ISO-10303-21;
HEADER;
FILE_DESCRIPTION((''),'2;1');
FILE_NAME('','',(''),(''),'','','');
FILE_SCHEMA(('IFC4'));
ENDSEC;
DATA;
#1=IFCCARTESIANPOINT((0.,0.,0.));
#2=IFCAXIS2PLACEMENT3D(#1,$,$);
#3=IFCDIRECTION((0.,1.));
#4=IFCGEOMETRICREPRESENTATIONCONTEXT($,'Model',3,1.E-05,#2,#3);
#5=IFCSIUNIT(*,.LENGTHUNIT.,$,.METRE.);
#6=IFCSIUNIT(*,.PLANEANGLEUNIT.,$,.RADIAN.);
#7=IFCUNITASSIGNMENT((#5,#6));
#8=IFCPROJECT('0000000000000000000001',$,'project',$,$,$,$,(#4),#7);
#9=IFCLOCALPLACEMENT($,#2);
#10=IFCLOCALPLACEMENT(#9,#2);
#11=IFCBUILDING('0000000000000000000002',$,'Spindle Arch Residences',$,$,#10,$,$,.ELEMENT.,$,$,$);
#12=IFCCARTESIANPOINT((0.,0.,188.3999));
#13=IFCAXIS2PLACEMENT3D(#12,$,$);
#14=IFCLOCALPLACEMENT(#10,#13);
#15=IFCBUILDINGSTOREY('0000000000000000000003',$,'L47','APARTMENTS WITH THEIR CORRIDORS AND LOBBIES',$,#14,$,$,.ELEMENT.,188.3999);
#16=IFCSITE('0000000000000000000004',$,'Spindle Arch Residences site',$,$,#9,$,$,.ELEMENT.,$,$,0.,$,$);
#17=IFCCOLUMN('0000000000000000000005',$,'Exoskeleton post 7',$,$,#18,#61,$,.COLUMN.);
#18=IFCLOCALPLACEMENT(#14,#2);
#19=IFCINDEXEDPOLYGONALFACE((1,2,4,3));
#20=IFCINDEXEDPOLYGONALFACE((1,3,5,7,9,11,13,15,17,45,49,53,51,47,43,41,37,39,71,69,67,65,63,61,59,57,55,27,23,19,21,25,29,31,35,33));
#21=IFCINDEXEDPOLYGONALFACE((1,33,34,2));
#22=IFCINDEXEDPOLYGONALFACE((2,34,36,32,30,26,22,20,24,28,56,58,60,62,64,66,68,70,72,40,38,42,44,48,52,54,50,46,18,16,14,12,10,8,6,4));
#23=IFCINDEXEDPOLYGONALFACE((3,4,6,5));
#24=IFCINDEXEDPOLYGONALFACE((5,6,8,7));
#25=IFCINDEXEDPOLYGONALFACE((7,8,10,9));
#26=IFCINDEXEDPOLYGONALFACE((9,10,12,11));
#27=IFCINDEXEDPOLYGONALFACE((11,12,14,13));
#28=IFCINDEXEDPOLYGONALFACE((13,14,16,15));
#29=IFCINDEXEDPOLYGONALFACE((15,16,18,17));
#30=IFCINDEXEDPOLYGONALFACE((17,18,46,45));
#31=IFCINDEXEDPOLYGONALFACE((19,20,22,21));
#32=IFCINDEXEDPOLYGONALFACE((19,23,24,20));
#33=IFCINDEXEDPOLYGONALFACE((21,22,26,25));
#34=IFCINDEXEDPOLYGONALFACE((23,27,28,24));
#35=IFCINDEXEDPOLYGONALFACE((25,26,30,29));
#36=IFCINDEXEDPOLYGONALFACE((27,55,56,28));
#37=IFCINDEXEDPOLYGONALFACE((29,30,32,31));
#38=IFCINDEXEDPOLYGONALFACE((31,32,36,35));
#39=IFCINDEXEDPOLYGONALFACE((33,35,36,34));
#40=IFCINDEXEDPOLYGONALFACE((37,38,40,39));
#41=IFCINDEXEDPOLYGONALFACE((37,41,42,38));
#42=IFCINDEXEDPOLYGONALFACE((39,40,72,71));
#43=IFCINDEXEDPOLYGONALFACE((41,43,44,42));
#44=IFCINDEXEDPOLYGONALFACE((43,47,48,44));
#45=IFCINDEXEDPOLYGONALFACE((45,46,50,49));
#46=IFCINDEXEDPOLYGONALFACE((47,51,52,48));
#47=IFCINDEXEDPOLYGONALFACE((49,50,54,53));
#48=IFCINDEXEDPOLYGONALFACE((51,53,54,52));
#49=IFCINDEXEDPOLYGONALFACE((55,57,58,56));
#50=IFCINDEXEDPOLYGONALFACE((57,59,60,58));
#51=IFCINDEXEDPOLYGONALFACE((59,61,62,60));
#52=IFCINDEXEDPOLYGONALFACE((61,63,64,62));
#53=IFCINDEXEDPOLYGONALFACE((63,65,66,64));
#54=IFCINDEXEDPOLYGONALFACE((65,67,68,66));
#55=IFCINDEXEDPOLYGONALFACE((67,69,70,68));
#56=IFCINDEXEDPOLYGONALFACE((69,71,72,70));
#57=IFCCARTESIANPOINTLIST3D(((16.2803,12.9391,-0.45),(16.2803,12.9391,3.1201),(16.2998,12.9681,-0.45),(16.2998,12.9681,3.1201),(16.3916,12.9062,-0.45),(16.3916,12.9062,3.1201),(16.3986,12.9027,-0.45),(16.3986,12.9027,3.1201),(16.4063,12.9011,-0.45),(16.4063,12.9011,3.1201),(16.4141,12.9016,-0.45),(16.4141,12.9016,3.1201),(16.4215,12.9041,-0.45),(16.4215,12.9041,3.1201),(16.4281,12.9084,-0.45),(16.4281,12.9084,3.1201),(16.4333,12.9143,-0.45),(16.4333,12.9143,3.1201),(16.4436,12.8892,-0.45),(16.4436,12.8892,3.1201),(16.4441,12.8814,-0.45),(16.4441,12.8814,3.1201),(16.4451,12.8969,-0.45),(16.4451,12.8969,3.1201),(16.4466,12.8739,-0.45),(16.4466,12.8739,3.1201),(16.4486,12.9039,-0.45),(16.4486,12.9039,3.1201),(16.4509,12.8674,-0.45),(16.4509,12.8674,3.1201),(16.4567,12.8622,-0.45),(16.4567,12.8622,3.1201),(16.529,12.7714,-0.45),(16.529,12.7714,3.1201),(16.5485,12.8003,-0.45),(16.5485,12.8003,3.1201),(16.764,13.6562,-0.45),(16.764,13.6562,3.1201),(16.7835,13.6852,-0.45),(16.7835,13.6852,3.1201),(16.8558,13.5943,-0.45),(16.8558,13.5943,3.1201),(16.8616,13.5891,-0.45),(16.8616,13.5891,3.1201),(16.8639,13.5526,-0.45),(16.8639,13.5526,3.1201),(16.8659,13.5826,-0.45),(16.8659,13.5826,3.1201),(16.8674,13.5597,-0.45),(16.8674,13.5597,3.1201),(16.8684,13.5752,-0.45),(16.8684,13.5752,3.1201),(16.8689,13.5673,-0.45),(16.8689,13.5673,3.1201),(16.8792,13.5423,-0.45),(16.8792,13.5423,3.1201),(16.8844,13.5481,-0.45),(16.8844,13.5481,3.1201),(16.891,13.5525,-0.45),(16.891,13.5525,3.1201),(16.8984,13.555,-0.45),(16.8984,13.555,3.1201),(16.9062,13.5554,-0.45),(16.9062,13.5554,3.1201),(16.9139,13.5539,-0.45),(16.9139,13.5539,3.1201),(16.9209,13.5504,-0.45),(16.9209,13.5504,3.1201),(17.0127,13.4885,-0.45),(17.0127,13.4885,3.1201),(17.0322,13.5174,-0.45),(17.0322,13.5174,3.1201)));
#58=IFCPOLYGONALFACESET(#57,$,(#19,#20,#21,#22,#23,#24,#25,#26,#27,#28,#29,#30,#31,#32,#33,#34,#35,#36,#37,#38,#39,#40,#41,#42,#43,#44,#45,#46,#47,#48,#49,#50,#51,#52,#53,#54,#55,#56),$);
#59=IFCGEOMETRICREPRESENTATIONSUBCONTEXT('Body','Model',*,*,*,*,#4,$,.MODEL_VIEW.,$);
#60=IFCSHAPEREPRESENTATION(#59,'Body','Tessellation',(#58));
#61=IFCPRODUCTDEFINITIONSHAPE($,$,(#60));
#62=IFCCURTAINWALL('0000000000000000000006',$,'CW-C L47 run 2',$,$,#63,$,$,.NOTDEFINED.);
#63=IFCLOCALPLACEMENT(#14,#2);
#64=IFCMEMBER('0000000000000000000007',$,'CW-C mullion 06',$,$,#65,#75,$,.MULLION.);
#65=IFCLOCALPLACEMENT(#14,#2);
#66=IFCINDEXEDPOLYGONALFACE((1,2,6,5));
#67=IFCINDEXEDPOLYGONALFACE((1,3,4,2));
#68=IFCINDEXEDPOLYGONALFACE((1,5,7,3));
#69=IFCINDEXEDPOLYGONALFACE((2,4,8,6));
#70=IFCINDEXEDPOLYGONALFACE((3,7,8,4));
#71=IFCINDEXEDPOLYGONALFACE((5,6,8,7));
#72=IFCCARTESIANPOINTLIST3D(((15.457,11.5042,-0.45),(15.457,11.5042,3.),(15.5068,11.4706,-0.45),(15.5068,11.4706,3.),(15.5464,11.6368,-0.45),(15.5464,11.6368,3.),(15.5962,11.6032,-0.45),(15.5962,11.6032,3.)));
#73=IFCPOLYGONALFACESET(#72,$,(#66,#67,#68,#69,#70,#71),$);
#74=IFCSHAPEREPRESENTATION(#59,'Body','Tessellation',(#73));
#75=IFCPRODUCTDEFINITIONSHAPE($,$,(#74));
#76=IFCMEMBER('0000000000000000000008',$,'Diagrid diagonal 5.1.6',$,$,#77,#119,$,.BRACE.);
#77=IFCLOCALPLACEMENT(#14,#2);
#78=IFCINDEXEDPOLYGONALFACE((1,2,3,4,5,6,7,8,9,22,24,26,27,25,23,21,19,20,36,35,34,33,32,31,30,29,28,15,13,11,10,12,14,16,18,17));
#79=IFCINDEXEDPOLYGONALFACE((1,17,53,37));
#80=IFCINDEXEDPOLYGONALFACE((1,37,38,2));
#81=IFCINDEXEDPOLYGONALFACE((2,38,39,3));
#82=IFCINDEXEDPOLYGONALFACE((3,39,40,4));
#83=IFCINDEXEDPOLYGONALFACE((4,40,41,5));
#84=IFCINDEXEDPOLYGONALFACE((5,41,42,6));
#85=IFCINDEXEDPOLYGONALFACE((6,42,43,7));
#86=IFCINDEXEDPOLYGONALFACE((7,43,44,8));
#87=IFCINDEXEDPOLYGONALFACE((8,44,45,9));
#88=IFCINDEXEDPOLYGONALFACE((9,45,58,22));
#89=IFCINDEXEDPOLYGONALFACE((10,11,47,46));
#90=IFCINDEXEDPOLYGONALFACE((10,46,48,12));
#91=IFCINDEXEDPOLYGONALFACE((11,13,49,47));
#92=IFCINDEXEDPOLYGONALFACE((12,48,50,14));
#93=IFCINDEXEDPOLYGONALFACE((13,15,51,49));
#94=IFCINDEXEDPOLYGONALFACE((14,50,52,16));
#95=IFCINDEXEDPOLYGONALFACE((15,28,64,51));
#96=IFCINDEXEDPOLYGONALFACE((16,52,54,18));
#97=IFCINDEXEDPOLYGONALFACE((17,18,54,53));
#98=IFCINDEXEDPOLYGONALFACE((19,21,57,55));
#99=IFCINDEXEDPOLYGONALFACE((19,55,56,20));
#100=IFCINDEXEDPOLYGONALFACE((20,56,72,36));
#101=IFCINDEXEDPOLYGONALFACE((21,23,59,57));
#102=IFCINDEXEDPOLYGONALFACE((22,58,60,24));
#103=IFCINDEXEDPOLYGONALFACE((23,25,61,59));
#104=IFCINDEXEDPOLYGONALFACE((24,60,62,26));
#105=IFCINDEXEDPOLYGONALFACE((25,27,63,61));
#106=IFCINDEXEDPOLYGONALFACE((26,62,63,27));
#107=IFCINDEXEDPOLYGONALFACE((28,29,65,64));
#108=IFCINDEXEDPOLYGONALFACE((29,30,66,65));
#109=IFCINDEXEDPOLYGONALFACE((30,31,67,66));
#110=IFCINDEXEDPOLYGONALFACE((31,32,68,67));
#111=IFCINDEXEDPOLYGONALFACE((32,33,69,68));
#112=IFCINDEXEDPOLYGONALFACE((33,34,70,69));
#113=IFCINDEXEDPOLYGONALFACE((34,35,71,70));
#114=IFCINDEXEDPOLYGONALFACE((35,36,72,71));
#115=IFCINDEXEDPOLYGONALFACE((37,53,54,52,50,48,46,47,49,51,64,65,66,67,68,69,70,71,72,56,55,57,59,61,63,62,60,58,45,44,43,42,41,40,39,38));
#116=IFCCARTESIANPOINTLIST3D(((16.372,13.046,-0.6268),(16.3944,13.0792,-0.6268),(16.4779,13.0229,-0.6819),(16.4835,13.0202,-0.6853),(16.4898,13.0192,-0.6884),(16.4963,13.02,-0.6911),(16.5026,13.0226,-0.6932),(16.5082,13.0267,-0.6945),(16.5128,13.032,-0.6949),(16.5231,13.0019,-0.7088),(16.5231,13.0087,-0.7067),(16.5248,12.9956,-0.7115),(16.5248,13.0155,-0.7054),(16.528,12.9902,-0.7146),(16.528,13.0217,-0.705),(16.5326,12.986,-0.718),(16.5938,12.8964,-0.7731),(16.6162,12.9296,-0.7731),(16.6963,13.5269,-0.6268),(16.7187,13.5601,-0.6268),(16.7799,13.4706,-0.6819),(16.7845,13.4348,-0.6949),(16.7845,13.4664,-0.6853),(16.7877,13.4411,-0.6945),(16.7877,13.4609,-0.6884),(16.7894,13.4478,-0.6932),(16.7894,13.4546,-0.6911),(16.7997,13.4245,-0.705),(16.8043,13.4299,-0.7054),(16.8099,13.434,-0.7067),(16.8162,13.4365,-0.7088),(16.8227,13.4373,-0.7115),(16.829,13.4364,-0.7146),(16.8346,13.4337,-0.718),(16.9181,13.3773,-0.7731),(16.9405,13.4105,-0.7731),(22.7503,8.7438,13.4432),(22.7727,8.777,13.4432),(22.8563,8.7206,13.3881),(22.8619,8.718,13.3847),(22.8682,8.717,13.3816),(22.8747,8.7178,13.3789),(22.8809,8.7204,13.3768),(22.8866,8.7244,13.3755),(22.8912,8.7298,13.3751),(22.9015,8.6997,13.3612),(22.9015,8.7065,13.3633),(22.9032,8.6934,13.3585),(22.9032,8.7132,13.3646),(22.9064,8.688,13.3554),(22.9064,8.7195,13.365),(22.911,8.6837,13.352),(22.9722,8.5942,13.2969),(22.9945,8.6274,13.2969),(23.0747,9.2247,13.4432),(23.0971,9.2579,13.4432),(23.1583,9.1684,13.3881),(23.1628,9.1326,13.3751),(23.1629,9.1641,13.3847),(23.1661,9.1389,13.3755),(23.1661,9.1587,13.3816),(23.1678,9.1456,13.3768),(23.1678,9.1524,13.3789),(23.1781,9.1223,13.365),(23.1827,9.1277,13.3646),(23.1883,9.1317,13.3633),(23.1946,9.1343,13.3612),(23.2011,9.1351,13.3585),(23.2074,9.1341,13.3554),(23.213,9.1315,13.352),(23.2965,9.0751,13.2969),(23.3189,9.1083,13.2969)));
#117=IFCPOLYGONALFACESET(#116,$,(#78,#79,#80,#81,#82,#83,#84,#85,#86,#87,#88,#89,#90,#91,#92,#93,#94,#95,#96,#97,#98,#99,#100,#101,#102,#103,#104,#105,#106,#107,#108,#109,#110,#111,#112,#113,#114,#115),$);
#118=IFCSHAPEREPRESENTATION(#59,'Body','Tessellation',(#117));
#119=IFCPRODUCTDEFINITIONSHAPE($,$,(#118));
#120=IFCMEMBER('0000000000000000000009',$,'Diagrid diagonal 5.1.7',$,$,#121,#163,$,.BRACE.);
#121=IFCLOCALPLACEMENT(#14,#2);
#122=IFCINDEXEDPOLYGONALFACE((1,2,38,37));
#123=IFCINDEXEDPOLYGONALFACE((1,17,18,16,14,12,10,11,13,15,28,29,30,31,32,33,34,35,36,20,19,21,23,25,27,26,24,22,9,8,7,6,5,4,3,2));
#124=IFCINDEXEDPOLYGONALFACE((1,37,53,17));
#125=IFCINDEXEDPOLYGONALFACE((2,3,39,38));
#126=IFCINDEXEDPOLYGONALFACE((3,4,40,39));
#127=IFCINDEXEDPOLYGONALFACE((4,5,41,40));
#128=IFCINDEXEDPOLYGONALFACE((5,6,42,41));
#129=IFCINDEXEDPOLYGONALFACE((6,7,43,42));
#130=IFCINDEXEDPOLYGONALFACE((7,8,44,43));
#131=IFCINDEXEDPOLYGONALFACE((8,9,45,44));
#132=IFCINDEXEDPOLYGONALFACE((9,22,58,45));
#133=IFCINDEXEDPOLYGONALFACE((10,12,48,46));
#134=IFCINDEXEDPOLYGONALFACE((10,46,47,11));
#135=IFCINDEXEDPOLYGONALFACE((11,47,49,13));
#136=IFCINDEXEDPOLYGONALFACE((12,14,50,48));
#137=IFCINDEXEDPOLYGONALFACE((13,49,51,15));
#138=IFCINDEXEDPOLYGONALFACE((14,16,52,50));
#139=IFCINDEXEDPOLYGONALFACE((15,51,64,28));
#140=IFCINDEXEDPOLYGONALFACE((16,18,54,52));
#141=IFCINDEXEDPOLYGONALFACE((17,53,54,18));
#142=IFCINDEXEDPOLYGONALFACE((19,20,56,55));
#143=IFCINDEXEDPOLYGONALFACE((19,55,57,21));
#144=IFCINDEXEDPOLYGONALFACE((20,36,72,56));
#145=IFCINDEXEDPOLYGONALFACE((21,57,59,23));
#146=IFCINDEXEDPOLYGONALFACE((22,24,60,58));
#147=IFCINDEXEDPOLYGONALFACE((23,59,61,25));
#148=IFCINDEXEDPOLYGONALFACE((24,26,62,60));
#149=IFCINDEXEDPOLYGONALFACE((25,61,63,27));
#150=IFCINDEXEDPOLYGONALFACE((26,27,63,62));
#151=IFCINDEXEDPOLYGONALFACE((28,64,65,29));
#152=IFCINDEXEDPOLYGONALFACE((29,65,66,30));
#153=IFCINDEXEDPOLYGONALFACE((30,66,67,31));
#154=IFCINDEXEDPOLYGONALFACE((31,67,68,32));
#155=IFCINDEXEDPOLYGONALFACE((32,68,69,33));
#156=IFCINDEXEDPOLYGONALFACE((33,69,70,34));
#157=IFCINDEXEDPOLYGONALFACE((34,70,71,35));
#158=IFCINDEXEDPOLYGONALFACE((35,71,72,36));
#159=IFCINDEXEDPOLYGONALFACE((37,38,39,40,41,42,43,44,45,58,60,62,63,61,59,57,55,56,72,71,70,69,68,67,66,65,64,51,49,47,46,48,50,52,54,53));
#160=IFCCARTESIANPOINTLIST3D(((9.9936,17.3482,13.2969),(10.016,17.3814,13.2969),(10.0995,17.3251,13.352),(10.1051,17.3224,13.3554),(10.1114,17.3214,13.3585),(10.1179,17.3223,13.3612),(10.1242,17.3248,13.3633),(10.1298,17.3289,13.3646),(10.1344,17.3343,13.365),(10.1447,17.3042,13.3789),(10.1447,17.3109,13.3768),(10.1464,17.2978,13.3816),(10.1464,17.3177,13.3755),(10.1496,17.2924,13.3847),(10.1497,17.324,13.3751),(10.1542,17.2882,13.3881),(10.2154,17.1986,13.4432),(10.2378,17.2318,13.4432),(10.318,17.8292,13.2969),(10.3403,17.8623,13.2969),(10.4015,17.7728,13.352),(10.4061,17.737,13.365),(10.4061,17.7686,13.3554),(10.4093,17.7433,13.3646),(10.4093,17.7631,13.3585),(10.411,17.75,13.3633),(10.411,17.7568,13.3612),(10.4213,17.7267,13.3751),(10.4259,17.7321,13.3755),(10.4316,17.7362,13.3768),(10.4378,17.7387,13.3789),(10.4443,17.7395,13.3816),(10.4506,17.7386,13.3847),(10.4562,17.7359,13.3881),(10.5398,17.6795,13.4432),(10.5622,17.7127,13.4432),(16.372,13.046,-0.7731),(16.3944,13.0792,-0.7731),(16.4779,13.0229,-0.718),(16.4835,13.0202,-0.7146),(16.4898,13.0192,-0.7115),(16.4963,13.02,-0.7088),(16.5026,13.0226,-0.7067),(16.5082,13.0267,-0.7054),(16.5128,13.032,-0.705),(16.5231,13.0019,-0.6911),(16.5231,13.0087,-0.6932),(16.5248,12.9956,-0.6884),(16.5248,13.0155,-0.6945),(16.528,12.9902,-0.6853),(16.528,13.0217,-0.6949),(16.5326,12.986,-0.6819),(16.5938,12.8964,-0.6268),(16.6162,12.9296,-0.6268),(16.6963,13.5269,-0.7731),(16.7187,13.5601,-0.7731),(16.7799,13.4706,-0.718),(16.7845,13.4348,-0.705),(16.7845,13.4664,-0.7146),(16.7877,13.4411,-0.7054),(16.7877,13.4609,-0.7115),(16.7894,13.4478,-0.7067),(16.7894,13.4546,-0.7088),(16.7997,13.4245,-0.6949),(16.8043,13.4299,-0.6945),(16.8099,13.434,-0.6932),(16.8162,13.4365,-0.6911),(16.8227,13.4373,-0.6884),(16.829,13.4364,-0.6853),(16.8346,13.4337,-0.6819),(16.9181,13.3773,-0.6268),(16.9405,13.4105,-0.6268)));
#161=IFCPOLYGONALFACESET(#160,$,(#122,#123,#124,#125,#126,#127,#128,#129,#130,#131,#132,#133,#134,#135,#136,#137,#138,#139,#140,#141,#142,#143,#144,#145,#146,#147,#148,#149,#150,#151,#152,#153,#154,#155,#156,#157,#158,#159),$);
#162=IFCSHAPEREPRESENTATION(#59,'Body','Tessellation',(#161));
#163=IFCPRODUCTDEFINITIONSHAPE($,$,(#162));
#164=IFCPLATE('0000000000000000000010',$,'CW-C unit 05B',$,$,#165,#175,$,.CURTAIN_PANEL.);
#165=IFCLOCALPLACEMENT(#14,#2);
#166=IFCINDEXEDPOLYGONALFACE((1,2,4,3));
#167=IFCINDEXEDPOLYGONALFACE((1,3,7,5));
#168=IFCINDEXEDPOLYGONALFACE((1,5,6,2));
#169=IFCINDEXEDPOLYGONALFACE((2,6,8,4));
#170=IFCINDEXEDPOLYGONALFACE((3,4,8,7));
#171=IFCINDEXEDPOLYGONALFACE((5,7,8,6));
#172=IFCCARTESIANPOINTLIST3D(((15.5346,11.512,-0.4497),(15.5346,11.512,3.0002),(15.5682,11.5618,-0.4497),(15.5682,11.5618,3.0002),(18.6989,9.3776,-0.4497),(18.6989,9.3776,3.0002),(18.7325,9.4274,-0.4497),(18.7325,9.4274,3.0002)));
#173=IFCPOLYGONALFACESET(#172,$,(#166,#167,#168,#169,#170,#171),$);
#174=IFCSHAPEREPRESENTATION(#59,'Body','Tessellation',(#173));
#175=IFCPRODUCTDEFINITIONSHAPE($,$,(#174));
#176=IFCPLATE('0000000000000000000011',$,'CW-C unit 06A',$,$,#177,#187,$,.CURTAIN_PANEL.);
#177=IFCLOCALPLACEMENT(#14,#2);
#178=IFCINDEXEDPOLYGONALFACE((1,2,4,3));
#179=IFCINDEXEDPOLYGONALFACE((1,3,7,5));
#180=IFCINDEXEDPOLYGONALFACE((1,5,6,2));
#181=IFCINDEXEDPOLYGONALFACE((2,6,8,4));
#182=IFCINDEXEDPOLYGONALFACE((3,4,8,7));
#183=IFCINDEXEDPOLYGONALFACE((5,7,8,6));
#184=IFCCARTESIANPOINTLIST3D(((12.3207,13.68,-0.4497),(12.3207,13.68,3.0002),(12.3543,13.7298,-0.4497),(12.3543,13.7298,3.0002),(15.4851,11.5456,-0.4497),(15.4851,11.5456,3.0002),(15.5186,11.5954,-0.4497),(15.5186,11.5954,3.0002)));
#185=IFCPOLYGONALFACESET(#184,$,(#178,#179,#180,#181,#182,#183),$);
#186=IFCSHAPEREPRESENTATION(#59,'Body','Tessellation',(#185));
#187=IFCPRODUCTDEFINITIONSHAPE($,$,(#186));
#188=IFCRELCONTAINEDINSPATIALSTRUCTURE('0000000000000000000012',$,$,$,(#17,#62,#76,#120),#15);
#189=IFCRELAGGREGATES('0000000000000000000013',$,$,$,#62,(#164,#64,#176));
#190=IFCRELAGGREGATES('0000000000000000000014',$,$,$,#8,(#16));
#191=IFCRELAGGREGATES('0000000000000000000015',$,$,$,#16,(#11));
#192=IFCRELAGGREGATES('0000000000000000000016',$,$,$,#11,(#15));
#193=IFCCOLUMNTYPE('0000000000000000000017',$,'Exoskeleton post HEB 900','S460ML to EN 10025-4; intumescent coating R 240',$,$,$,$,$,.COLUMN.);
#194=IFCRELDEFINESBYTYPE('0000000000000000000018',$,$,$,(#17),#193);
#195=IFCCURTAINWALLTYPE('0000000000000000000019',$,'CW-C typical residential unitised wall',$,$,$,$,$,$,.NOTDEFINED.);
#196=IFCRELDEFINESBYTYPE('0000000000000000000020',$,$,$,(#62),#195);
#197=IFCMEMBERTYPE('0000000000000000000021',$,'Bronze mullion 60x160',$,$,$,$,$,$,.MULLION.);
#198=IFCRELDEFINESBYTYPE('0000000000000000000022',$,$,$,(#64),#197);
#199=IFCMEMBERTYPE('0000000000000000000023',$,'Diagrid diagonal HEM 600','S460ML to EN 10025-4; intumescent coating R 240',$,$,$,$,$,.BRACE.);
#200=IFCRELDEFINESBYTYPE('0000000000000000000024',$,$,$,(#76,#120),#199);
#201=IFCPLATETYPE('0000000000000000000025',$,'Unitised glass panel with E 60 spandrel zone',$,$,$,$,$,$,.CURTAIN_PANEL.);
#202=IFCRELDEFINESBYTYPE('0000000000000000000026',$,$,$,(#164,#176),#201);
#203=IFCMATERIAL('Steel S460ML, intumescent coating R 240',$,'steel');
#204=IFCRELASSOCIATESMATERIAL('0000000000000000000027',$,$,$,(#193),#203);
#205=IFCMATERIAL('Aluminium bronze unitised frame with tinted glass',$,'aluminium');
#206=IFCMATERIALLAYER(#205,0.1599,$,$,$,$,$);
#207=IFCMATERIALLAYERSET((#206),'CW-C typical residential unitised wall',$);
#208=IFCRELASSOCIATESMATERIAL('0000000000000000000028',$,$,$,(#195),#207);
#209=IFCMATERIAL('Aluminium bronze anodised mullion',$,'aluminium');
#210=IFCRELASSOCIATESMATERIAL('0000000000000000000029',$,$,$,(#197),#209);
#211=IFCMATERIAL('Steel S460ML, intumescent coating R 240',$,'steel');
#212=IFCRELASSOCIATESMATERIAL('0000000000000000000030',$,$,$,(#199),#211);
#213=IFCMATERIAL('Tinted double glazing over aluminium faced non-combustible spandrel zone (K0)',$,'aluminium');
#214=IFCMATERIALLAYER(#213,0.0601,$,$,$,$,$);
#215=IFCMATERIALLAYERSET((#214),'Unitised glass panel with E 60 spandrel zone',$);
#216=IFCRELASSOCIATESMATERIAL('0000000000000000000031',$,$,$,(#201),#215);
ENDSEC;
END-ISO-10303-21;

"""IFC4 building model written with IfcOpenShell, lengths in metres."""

from ifc_helpers import new_model, si_unit, direction, frame, origin, origin_2d, place, context, subcontext, project, spatial, rectangle, i_section, extrude, material, layer, layer_set, material_profile, profile_set, type_object, element, aggregate, save


model = new_model("IFC4")

# Units and contexts
model_context = context("Model", 3, precision=1e-05, world=origin(), true_north=direction((0.0, 1.0)))
body_context = subcontext(model_context, "Body", "Model", "MODEL_VIEW")
ifc_project = project(units=[si_unit("LENGTHUNIT", "METRE"), si_unit("PLANEANGLEUNIT", "RADIAN")], contexts=[model_context])

# Site, building, storey
site_placement = place(None, origin())
site = spatial("IfcSite", under=ifc_project, at=site_placement, Name="Spindle Arch Residences site", CompositionType="ELEMENT", RefElevation=0.0)
building_placement = place(site_placement, origin())
building = spatial("IfcBuilding", under=site, at=building_placement, Name="Spindle Arch Residences", CompositionType="ELEMENT")
storey_placement = place(building_placement, frame((0.0, 0.0, 188.3999)))
storey = spatial("IfcBuildingStorey", under=building, at=storey_placement, Name="L47", Description="APARTMENTS WITH THEIR CORRIDORS AND LOBBIES", CompositionType="ELEMENT", Elevation=188.3999)

# Column
ifc_material_1 = material(Name="Steel S460ML, intumescent coating R 240", Category="steel")
ifc_material_profile_1 = material_profile(ifc_material_1, i_section(OverallWidth=0.3, OverallDepth=0.8999, WebThickness=0.0186, FlangeThickness=0.0349, FilletRadius=0.03, at=origin_2d()), Name="HEB 900")
ifc_profile_set_1 = profile_set([ifc_material_profile_1], Name="Steel S460ML, intumescent coating R 240")
column_type = type_object("IfcColumnType", Name="Exoskeleton post HEB 900", Description="S460ML to EN 10025-4; intumescent coating R 240", PredefinedType="COLUMN", material=ifc_profile_set_1)
column_placement = place(storey_placement, frame((16.6562, 13.2283, -0.45), z_axis=(0.0, 0.0, 1.0), x_axis=(0.829038, -0.559193, 0.0)))
element("IfcColumn", 1, at=column_placement, inside=storey, type_object=column_type, Name="Exoskeleton post 7", PredefinedType="COLUMN", context=body_context, shape_type="SweptSolid", body=[
    extrude(i_section(OverallWidth=0.3, OverallDepth=0.8999, WebThickness=0.0186, FlangeThickness=0.0349, FilletRadius=0.03, at=origin_2d()), origin(), (0.0, 0.0, 1.0), 3.5701),
])

# Curtain wall, member
ifc_material_2 = material(Name="Aluminium bronze unitised frame with tinted glass", Category="aluminium")
ifc_layer_1 = layer(ifc_material_2, 0.1599)
ifc_layer_set_1 = layer_set([ifc_layer_1], Name="CW-C typical residential unitised wall")
curtain_wall_type = type_object("IfcCurtainWallType", Name="CW-C typical residential unitised wall", PredefinedType="NOTDEFINED", material=ifc_layer_set_1)
curtain_wall_placement = place(storey_placement, origin())
curtain_wall = element("IfcCurtainWall", 2, at=curtain_wall_placement, inside=storey, type_object=curtain_wall_type, Name="CW-C L47 run 2", PredefinedType="NOTDEFINED")
ifc_material_3 = material(Name="Aluminium bronze anodised mullion", Category="aluminium")
ifc_material_profile_2 = material_profile(ifc_material_3, rectangle(XDim=0.1599, YDim=0.0601, at=origin_2d()), Name="MU 60x160")
ifc_profile_set_2 = profile_set([ifc_material_profile_2], Name="Aluminium bronze anodised mullion")
member_type_1 = type_object("IfcMemberType", Name="Bronze mullion 60x160", PredefinedType="MULLION", material=ifc_profile_set_2)
member_placement = place(storey_placement, frame((15.5266, 11.5537, -0.45), z_axis=(0.0, 0.0, 1.0), x_axis=(-0.559193, -0.829038, 0.0)))
member = element("IfcMember", 3, at=member_placement, type_object=member_type_1, Name="CW-C mullion 06", PredefinedType="MULLION", context=body_context, shape_type="SweptSolid", body=[
    extrude(rectangle(XDim=0.1599, YDim=0.0601, at=origin_2d()), origin(), (0.0, 0.0, 1.0), 3.45),
])

# Members
ifc_material_4 = material(Name="Steel S460ML, intumescent coating R 240", Category="steel")
ifc_material_profile_3 = material_profile(ifc_material_4, i_section(OverallWidth=0.3049, OverallDepth=0.6201, WebThickness=0.021, FlangeThickness=0.04, FilletRadius=0.0271, at=origin_2d()), Name="HEM 600")
ifc_profile_set_3 = profile_set([ifc_material_profile_3], Name="Steel S460ML, intumescent coating R 240")
member_type_2 = type_object("IfcMemberType", Name="Diagrid diagonal HEM 600", Description="S460ML to EN 10025-4; intumescent coating R 240", PredefinedType="BRACE", material=ifc_profile_set_3)
for number, where, z_axis, x_axis, name in (
    (4, (16.6562, 13.2283, -0.7), (0.397751, -0.268283, 0.877393), (-0.727395, 0.490628, 0.479772), "Diagrid diagonal 5.1.6"),
    (5, (16.6562, 13.2283, -0.7), (-0.397751, 0.268283, 0.877393), (0.727395, -0.490628, 0.479772), "Diagrid diagonal 5.1.7"),
):
    element("IfcMember", number, at=place(storey_placement, frame(where, z_axis=z_axis, x_axis=x_axis)), inside=storey, type_object=member_type_2, Name=name, PredefinedType="BRACE", context=body_context, shape_type="SweptSolid", body=[
        extrude(i_section(OverallWidth=0.3049, OverallDepth=0.6201, WebThickness=0.021, FlangeThickness=0.04, FilletRadius=0.0271, at=origin_2d()), origin(), (0.0, 0.0, 1.0), 16.0361),
    ])

# Plates
ifc_material_5 = material(Name="Tinted double glazing over aluminium faced non-combustible spandrel zone (K0)", Category="aluminium")
ifc_layer_2 = layer(ifc_material_5, 0.0601)
ifc_layer_set_2 = layer_set([ifc_layer_2], Name="Unitised glass panel with E 60 spandrel zone")
plate_type = type_object("IfcPlateType", Name="Unitised glass panel with E 60 spandrel zone", PredefinedType="CURTAIN_PANEL", material=ifc_layer_set_2)
plate_1_placement = place(storey_placement, frame((17.1335, 10.4697, -0.4497), z_axis=(0.0, 0.0, 1.0), x_axis=(-0.829038, 0.559193, 0.0)))
plate_1 = element("IfcPlate", 6, at=plate_1_placement, type_object=plate_type, Name="CW-C unit 05B", PredefinedType="CURTAIN_PANEL", context=body_context, shape_type="SweptSolid", body=[
    extrude(rectangle(XDim=3.8169, YDim=0.0601, at=origin_2d()), origin(), (0.0, 0.0, 1.0), 3.45),
])
plate_2_placement = place(storey_placement, frame((13.9197, 12.6377, -0.4497), z_axis=(0.0, 0.0, 1.0), x_axis=(-0.829038, 0.559193, 0.0)))
plate_2 = element("IfcPlate", 7, at=plate_2_placement, type_object=plate_type, Name="CW-C unit 06A", PredefinedType="CURTAIN_PANEL", context=body_context, shape_type="SweptSolid", body=[
    extrude(rectangle(XDim=3.8169, YDim=0.0601, at=origin_2d()), origin(), (0.0, 0.0, 1.0), 3.45),
])
aggregate(curtain_wall, [plate_1, member, plate_2])

save(model, "model.ifc")
